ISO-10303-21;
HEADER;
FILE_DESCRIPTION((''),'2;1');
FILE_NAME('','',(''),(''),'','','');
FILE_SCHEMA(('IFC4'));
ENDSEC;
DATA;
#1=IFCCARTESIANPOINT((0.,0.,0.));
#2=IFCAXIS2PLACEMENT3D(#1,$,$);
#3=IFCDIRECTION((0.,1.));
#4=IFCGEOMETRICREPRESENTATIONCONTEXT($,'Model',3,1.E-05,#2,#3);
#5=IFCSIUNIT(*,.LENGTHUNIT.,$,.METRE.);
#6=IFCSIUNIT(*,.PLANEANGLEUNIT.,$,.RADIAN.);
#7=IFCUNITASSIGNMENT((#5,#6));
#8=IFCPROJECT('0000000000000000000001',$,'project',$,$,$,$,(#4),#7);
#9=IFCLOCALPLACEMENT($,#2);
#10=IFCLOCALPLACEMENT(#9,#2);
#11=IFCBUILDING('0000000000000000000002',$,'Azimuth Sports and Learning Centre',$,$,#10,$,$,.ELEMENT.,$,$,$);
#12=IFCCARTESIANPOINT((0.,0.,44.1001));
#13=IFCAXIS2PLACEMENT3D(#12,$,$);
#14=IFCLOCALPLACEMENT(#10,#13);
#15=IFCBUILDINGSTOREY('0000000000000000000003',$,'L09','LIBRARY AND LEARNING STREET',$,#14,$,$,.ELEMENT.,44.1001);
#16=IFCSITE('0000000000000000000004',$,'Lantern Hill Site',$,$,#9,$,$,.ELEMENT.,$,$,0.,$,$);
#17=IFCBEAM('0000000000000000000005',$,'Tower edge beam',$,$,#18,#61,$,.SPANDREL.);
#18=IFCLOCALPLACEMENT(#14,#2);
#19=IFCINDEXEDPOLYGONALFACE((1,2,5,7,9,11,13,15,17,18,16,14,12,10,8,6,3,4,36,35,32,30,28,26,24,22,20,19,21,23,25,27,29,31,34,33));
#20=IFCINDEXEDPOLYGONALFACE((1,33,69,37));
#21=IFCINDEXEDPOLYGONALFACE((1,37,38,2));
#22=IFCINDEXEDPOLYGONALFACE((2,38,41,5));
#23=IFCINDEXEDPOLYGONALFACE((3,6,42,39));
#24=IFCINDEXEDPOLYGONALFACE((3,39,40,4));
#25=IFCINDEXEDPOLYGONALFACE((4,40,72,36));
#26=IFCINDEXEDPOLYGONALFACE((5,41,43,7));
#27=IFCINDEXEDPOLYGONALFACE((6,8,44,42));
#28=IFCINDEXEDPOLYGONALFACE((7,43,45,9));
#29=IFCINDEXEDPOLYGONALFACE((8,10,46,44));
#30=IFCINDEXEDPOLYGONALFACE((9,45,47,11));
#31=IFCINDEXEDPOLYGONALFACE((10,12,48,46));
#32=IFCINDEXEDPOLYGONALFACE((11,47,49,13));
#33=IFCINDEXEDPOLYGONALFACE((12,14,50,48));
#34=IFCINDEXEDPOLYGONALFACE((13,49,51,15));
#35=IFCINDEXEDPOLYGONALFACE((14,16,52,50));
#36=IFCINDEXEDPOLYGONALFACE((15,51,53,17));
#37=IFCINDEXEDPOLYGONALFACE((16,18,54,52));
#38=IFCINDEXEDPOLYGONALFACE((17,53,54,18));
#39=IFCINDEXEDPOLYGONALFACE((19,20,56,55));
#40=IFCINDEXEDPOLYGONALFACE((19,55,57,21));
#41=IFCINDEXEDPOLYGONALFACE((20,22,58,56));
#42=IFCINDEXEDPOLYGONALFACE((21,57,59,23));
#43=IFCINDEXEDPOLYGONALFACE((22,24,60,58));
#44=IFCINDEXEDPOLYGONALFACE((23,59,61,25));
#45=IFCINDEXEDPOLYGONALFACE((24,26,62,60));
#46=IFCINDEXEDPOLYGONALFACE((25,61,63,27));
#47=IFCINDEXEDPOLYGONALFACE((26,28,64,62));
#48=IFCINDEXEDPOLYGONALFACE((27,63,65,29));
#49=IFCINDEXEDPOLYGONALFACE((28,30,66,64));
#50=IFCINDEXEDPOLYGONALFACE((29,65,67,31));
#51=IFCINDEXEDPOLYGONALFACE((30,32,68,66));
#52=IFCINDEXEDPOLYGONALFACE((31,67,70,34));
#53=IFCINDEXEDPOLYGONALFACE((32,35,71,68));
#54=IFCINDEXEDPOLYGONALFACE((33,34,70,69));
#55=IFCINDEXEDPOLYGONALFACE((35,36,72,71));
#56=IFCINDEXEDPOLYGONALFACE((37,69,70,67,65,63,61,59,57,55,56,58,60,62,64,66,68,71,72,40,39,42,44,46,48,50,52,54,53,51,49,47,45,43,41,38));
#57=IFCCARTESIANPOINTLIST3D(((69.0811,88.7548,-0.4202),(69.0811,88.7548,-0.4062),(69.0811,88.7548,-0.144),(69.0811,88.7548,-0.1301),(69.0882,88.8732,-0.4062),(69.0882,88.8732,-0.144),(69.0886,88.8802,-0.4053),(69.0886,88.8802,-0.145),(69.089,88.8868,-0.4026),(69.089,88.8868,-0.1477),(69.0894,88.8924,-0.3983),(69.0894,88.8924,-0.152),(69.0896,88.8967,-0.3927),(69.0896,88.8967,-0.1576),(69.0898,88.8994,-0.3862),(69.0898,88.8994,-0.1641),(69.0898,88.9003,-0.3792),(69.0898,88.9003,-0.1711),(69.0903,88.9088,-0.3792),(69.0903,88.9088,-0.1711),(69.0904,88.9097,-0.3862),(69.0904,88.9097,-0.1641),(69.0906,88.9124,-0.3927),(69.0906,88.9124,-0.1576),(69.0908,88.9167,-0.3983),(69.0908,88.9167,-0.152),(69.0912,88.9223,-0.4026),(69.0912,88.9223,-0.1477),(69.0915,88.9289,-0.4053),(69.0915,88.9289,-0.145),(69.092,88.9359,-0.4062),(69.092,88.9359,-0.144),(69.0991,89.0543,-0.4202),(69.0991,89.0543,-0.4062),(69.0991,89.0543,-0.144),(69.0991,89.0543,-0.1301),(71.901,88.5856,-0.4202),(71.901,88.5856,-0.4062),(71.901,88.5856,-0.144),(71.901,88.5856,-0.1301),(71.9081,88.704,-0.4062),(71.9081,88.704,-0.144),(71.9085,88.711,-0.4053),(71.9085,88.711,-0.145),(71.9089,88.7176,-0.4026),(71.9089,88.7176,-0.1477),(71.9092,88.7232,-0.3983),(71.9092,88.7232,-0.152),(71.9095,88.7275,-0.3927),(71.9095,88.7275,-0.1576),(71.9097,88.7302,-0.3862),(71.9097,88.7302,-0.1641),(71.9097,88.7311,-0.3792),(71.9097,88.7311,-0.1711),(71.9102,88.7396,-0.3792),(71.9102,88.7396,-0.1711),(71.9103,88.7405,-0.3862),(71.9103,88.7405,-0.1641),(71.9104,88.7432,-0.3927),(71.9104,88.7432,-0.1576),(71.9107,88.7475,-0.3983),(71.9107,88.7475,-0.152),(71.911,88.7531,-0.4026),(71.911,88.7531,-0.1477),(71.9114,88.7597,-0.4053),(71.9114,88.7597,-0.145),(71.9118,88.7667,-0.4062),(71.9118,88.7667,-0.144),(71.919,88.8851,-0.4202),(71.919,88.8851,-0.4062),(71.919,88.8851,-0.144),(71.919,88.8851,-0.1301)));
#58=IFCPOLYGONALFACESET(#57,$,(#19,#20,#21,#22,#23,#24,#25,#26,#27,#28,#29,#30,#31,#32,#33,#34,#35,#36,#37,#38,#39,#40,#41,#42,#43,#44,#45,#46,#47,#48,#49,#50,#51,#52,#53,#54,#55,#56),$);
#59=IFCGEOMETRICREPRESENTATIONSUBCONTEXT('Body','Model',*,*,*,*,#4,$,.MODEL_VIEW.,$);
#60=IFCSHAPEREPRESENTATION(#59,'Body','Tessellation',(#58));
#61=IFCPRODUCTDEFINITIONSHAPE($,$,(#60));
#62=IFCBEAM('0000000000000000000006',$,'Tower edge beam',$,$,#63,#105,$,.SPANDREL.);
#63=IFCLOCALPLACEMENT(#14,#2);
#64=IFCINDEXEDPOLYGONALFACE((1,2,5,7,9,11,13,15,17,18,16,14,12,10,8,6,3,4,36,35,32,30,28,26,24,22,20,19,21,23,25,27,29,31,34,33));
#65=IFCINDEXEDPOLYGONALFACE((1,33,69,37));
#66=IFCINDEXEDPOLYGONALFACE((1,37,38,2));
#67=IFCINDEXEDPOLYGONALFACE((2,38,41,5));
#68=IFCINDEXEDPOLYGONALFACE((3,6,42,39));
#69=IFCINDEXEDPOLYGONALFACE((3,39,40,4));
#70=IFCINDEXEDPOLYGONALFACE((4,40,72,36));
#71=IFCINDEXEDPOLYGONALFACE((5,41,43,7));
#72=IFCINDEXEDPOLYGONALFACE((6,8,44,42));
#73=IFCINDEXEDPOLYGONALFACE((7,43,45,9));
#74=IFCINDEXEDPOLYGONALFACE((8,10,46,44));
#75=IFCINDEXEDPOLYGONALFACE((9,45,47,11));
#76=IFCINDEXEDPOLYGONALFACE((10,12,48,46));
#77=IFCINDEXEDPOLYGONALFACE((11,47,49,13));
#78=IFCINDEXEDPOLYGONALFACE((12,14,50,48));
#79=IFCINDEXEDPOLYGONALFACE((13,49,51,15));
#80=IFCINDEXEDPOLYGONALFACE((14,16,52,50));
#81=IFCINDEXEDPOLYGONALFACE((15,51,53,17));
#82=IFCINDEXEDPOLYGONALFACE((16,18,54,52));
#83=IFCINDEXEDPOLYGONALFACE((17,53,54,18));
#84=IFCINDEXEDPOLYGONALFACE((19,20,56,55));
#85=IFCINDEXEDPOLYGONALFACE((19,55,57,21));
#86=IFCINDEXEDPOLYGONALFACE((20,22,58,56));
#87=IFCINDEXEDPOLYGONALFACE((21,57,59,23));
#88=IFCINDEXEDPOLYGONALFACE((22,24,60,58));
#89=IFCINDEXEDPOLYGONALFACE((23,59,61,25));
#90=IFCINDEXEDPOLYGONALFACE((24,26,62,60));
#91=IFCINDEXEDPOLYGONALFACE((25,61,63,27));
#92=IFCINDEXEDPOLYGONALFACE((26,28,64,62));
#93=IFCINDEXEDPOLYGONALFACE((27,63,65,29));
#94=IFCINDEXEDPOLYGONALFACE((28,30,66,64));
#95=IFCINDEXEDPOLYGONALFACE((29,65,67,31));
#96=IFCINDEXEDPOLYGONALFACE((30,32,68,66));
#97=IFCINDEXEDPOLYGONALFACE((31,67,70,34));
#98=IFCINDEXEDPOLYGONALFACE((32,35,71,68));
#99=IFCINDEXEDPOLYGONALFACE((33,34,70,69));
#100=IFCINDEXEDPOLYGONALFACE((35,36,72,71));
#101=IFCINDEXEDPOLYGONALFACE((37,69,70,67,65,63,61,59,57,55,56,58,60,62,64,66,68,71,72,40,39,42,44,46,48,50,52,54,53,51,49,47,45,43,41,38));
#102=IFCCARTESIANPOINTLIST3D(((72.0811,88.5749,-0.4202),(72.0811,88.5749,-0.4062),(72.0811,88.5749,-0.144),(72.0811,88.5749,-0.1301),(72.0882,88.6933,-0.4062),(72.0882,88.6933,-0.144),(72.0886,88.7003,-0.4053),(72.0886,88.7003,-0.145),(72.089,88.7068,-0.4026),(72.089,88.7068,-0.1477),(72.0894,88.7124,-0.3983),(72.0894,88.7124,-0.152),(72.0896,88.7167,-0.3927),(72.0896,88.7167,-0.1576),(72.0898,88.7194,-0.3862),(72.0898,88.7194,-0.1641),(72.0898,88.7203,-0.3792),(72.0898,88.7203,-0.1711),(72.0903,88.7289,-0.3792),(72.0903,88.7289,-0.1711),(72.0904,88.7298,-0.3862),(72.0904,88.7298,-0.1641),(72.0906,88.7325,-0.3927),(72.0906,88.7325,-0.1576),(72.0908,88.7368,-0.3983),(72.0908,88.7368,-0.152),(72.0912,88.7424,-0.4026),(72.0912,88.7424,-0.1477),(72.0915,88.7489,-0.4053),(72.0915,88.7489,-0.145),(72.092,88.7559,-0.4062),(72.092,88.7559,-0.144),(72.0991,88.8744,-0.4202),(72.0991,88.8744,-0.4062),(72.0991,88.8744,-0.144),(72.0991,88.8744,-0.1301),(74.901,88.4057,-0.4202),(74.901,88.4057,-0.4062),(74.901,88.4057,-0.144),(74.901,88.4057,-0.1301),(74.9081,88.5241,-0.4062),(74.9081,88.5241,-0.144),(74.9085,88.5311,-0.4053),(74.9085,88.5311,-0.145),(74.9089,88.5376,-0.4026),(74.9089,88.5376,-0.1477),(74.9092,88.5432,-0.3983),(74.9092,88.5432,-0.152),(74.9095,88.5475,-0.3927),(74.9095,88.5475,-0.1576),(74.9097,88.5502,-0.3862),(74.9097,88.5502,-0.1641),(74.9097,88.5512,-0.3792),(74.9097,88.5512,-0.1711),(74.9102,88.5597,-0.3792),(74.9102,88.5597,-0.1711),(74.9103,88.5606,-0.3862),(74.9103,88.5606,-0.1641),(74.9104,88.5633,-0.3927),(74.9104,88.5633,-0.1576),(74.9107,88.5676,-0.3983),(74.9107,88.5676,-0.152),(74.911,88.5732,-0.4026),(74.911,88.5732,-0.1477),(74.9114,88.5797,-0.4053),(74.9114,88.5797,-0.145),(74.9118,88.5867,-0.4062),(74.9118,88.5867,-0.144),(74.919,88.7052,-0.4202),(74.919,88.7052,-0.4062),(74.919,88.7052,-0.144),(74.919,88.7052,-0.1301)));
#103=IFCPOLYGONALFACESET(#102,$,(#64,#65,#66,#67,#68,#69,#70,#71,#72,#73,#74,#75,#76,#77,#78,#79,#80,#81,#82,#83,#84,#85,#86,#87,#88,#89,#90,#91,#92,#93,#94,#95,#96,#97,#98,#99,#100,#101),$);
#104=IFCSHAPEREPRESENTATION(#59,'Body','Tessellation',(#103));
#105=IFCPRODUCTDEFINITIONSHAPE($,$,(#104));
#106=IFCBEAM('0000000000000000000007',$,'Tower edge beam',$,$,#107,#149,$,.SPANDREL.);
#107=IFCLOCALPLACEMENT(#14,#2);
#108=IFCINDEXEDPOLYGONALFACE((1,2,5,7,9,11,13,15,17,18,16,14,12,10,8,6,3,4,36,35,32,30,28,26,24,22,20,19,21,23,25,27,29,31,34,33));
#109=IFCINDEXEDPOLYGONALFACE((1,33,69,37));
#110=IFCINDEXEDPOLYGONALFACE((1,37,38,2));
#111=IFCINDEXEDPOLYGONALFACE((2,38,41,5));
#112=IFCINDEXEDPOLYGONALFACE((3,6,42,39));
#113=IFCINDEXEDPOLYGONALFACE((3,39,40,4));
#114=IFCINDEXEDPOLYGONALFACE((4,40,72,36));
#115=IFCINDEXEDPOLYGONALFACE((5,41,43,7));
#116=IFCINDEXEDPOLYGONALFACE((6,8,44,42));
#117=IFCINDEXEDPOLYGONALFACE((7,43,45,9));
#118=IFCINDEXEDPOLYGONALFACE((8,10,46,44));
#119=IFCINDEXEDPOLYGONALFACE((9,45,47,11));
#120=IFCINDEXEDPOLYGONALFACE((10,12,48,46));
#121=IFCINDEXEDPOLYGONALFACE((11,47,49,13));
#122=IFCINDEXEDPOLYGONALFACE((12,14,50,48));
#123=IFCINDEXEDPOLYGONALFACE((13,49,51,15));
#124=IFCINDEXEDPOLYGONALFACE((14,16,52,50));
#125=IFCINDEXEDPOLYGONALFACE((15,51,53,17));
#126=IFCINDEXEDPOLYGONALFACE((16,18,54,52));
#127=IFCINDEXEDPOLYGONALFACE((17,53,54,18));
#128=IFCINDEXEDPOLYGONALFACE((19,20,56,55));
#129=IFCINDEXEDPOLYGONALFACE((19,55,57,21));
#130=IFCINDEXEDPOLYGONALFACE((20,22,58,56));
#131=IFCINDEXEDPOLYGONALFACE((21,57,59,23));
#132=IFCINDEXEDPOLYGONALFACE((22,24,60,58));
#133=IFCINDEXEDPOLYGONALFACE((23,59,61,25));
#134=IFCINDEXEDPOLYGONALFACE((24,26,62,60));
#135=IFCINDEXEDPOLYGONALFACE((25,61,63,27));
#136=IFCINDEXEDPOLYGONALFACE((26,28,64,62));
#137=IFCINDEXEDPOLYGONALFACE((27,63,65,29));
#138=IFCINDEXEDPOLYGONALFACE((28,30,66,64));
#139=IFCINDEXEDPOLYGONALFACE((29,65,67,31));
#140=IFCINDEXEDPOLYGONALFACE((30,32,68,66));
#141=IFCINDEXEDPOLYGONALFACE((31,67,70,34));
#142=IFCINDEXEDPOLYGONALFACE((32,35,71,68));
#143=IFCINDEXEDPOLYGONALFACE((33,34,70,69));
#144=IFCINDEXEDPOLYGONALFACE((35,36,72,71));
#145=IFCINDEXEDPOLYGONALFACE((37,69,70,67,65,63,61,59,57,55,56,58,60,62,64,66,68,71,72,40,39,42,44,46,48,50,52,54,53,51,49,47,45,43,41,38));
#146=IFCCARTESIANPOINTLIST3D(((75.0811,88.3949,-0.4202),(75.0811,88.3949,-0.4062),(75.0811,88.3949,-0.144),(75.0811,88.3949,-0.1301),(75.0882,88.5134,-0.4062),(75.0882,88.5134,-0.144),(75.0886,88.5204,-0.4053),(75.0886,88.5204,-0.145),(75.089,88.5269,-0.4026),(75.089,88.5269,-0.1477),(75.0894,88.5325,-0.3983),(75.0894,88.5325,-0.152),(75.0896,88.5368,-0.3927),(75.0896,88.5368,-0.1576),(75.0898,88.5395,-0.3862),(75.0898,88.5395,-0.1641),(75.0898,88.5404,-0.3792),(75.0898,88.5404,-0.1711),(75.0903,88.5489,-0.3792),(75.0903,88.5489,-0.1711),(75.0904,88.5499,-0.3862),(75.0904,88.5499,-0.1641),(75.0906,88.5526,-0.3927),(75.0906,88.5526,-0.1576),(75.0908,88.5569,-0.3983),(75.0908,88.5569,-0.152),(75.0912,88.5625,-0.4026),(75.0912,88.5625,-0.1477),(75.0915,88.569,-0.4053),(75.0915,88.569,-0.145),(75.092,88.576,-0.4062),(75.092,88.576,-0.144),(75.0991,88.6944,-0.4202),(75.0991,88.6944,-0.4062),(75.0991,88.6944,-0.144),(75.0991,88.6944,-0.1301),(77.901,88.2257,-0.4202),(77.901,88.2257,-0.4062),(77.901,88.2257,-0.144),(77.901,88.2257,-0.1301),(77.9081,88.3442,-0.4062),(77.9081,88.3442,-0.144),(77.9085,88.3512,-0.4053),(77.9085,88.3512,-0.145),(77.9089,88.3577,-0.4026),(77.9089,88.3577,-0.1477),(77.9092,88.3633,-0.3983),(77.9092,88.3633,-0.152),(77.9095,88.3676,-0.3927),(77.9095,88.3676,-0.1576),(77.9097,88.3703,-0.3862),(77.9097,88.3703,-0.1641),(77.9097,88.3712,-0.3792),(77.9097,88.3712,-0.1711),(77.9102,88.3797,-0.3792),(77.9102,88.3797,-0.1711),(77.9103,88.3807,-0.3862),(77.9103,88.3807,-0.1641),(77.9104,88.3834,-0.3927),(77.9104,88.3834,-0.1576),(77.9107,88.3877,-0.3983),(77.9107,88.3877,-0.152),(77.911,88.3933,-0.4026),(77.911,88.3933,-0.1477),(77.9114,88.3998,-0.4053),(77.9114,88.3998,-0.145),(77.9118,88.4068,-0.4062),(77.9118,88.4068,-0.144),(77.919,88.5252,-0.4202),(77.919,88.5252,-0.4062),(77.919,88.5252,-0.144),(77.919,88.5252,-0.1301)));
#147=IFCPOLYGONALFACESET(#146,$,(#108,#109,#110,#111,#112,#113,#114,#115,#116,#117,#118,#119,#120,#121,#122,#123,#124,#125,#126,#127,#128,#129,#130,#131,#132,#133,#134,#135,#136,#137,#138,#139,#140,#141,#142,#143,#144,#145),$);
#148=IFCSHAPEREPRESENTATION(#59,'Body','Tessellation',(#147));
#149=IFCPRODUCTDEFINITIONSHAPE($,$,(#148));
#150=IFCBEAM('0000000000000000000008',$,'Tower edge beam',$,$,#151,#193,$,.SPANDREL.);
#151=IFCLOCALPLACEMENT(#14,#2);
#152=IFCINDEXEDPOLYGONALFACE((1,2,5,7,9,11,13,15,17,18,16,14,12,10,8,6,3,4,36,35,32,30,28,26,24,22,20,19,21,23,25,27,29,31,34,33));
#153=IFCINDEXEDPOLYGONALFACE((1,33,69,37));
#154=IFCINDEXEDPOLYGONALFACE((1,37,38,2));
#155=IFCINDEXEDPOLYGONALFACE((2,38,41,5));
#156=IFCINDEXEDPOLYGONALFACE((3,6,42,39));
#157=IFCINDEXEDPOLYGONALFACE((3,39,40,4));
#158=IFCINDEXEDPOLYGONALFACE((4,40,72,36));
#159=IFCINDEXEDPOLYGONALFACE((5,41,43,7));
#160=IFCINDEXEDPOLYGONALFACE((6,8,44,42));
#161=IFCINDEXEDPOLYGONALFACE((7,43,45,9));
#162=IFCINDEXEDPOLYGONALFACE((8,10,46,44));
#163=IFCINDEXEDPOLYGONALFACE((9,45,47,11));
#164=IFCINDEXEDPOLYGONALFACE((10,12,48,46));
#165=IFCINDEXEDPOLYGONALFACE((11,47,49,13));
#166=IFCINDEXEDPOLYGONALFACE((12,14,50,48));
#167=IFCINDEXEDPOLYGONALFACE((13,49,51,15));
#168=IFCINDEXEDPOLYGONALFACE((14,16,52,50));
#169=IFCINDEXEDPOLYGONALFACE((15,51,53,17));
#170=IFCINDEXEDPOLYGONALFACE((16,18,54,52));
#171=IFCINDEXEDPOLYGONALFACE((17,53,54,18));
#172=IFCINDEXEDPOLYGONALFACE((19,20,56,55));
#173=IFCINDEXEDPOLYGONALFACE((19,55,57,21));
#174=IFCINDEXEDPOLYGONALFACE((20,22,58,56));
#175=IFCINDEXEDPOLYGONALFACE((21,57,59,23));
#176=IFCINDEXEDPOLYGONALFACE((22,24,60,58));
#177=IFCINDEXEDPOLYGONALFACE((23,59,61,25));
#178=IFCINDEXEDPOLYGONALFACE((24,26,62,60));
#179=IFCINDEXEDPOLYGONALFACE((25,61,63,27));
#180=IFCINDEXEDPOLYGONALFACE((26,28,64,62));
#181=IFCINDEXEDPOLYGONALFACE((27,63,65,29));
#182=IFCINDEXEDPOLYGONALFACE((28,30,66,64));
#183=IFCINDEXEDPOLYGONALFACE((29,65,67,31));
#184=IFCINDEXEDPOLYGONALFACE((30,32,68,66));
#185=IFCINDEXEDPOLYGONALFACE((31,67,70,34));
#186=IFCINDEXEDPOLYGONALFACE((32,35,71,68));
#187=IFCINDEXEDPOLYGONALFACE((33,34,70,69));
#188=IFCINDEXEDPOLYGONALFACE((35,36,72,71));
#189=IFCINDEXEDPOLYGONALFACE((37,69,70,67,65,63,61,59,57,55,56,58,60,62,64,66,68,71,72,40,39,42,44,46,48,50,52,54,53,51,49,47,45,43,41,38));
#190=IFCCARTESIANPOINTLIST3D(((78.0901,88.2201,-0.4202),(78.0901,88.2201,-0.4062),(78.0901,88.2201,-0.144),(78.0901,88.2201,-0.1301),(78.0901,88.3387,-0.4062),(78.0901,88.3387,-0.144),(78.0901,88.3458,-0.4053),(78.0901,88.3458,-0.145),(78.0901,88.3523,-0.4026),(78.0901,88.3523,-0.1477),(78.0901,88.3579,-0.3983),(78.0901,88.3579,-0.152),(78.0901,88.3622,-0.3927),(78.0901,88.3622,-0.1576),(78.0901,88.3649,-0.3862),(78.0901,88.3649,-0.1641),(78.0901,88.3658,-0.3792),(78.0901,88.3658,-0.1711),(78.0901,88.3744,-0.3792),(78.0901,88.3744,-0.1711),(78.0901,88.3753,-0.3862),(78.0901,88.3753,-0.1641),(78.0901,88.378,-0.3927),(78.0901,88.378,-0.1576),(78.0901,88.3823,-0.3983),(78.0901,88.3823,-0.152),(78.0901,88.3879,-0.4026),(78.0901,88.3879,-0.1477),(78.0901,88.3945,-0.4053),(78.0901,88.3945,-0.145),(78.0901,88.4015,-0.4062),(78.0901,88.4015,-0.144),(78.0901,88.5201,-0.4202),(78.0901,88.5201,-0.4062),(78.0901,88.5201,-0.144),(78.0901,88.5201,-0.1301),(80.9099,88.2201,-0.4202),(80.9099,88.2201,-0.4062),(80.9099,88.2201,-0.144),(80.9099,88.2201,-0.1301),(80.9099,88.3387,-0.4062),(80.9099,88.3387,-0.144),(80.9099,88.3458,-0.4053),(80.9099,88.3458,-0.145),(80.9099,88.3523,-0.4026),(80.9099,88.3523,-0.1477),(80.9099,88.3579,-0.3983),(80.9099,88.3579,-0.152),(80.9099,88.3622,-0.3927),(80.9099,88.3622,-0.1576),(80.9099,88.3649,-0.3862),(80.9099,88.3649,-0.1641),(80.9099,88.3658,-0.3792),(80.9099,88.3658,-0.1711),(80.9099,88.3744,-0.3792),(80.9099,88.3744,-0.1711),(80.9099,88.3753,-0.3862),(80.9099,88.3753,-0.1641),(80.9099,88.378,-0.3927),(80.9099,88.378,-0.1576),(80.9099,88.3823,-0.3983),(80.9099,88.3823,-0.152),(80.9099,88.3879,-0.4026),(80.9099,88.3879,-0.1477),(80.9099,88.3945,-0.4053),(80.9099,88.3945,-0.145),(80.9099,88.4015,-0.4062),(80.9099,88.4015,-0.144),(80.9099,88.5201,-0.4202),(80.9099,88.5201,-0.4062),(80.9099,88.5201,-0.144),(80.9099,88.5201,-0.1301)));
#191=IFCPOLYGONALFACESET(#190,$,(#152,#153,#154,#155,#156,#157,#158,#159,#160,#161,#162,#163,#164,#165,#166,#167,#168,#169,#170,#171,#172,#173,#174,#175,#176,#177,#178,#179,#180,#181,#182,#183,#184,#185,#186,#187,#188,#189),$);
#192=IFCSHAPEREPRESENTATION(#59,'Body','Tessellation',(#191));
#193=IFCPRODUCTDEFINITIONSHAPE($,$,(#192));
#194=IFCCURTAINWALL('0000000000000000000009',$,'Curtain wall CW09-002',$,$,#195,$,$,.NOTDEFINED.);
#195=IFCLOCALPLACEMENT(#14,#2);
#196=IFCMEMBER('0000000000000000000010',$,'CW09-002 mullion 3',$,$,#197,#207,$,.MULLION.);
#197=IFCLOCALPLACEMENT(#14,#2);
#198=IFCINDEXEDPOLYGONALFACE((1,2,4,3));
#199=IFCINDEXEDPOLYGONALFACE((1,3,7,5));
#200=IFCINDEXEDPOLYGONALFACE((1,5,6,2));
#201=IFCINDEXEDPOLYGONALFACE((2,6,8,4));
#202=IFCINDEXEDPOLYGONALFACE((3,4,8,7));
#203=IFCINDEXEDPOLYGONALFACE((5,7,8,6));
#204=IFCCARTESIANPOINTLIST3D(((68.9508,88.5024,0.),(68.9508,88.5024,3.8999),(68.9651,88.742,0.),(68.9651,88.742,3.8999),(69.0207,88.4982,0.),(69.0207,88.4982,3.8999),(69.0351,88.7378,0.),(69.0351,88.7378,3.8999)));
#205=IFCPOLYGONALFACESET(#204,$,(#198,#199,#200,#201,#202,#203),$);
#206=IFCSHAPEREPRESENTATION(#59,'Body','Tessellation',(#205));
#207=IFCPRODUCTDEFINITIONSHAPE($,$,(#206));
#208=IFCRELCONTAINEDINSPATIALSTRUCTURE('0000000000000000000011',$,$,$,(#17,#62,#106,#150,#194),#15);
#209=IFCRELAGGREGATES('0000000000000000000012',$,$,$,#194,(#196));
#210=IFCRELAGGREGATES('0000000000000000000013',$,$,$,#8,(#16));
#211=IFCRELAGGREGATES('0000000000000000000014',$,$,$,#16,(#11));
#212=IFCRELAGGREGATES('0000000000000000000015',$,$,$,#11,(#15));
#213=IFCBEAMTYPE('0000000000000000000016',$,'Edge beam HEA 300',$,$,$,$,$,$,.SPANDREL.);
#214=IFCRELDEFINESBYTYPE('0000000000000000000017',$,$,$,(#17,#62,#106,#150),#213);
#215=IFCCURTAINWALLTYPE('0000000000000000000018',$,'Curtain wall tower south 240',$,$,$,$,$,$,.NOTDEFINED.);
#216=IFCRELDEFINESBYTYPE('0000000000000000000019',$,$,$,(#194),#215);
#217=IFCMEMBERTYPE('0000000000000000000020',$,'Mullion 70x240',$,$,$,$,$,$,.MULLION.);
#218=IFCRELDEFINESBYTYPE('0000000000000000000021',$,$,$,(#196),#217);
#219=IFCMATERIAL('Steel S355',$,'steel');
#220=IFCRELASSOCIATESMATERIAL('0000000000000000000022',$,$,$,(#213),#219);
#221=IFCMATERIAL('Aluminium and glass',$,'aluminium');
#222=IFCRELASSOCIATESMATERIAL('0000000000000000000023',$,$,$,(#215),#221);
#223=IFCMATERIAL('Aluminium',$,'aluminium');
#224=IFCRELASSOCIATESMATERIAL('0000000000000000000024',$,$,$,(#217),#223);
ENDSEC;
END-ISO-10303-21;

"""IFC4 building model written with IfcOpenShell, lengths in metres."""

from ifc_helpers import new_model, si_unit, direction, frame, origin, origin_2d, place, context, subcontext, project, spatial, rectangle, i_section, extrude, material, material_profile, profile_set, type_object, element, aggregate, save


model = new_model("IFC4")

# Units and contexts
model_context = context("Model", 3, precision=1e-05, world=origin(), true_north=direction((0.0, 1.0)))
body_context = subcontext(model_context, "Body", "Model", "MODEL_VIEW")
ifc_project = project(units=[si_unit("LENGTHUNIT", "METRE"), si_unit("PLANEANGLEUNIT", "RADIAN")], contexts=[model_context])

# Site, building, storey
site_placement = place(None, origin())
site = spatial("IfcSite", under=ifc_project, at=site_placement, Name="Lantern Hill Site", CompositionType="ELEMENT", RefElevation=0.0)
building_placement = place(site_placement, origin())
building = spatial("IfcBuilding", under=site, at=building_placement, Name="Azimuth Sports and Learning Centre", CompositionType="ELEMENT")
storey_placement = place(building_placement, frame((0.0, 0.0, 44.1001)))
storey = spatial("IfcBuildingStorey", under=building, at=storey_placement, Name="L09", Description="LIBRARY AND LEARNING STREET", CompositionType="ELEMENT", Elevation=44.1001)

# Beams
ifc_material_1 = material(Name="Steel S355", Category="steel")
ifc_material_profile_1 = material_profile(ifc_material_1, i_section(OverallWidth=0.3, OverallDepth=0.29, WebThickness=0.0085, FlangeThickness=0.0139, FilletRadius=0.0271, at=origin_2d()), Name="HEA 300")
ifc_profile_set_1 = profile_set([ifc_material_profile_1], Name="Steel S355")
beam_type = type_object("IfcBeamType", Name="Edge beam HEA 300", PredefinedType="SPANDREL", material=ifc_profile_set_1)
for number, where, z_axis, x_axis, name in (
    (1, (69.0901, 88.9045, -0.2751), (0.998205, -0.059892, 0.0), (0.059892, 0.998205, 0.0), "Tower edge beam"),
    (2, (72.0901, 88.7246, -0.2751), (0.998205, -0.059892, 0.0), (0.059892, 0.998205, 0.0), "Tower edge beam"),
    (3, (75.0901, 88.5447, -0.2751), (0.998205, -0.059892, 0.0), (0.059892, 0.998205, 0.0), "Tower edge beam"),
):
    element("IfcBeam", number, at=place(storey_placement, frame(where, z_axis=z_axis, x_axis=x_axis)), inside=storey, type_object=beam_type, Name=name, PredefinedType="SPANDREL", context=body_context, shape_type="SweptSolid", body=[
        extrude(i_section(OverallWidth=0.3, OverallDepth=0.29, WebThickness=0.0085, FlangeThickness=0.0139, FilletRadius=0.0271, at=origin_2d()), origin(), (0.0, 0.0, 1.0), 2.825),
    ])
beam_placement = place(storey_placement, frame((78.0901, 88.3701, -0.2751), z_axis=(1.0, 0.0, 0.0), x_axis=(0.0, 1.0, 0.0)))
element("IfcBeam", 4, at=beam_placement, inside=storey, type_object=beam_type, Name="Tower edge beam", PredefinedType="SPANDREL", context=body_context, shape_type="SweptSolid", body=[
    extrude(i_section(OverallWidth=0.3, OverallDepth=0.29, WebThickness=0.0085, FlangeThickness=0.0139, FilletRadius=0.0271, at=origin_2d()), origin(), (0.0, 0.0, 1.0), 2.8198),
])

# Curtain wall, member
ifc_material_2 = material(Name="Aluminium and glass", Category="aluminium")
curtain_wall_type = type_object("IfcCurtainWallType", Name="Curtain wall tower south 240", PredefinedType="NOTDEFINED", material=ifc_material_2)
curtain_wall_placement = place(storey_placement, origin())
curtain_wall = element("IfcCurtainWall", 5, at=curtain_wall_placement, inside=storey, type_object=curtain_wall_type, Name="Curtain wall CW09-002", PredefinedType="NOTDEFINED")
ifc_material_3 = material(Name="Aluminium", Category="aluminium")
ifc_material_profile_2 = material_profile(ifc_material_3, rectangle(XDim=0.24, YDim=0.0701, at=origin_2d()), Name="Mullion 70x240")
ifc_profile_set_2 = profile_set([ifc_material_profile_2], Name="Aluminium")
member_type_1 = type_object("IfcMemberType", Name="Mullion 70x240", PredefinedType="MULLION", material=ifc_profile_set_2)
member_1_placement = place(storey_placement, frame((68.9929, 88.6201, 0.0), z_axis=(0.0, 0.0, 1.0), x_axis=(0.059892, 0.998205, 0.0)))
member_1 = element("IfcMember", 6, at=member_1_placement, type_object=member_type_1, Name="CW09-002 mullion 3", PredefinedType="MULLION", context=body_context, shape_type="SweptSolid", body=[
    extrude(rectangle(XDim=0.24, YDim=0.0701, at=origin_2d()), origin(), (0.0, 0.0, 1.0), 3.8999),
])
aggregate(curtain_wall, [member_1])

save(model, "model.ifc")
